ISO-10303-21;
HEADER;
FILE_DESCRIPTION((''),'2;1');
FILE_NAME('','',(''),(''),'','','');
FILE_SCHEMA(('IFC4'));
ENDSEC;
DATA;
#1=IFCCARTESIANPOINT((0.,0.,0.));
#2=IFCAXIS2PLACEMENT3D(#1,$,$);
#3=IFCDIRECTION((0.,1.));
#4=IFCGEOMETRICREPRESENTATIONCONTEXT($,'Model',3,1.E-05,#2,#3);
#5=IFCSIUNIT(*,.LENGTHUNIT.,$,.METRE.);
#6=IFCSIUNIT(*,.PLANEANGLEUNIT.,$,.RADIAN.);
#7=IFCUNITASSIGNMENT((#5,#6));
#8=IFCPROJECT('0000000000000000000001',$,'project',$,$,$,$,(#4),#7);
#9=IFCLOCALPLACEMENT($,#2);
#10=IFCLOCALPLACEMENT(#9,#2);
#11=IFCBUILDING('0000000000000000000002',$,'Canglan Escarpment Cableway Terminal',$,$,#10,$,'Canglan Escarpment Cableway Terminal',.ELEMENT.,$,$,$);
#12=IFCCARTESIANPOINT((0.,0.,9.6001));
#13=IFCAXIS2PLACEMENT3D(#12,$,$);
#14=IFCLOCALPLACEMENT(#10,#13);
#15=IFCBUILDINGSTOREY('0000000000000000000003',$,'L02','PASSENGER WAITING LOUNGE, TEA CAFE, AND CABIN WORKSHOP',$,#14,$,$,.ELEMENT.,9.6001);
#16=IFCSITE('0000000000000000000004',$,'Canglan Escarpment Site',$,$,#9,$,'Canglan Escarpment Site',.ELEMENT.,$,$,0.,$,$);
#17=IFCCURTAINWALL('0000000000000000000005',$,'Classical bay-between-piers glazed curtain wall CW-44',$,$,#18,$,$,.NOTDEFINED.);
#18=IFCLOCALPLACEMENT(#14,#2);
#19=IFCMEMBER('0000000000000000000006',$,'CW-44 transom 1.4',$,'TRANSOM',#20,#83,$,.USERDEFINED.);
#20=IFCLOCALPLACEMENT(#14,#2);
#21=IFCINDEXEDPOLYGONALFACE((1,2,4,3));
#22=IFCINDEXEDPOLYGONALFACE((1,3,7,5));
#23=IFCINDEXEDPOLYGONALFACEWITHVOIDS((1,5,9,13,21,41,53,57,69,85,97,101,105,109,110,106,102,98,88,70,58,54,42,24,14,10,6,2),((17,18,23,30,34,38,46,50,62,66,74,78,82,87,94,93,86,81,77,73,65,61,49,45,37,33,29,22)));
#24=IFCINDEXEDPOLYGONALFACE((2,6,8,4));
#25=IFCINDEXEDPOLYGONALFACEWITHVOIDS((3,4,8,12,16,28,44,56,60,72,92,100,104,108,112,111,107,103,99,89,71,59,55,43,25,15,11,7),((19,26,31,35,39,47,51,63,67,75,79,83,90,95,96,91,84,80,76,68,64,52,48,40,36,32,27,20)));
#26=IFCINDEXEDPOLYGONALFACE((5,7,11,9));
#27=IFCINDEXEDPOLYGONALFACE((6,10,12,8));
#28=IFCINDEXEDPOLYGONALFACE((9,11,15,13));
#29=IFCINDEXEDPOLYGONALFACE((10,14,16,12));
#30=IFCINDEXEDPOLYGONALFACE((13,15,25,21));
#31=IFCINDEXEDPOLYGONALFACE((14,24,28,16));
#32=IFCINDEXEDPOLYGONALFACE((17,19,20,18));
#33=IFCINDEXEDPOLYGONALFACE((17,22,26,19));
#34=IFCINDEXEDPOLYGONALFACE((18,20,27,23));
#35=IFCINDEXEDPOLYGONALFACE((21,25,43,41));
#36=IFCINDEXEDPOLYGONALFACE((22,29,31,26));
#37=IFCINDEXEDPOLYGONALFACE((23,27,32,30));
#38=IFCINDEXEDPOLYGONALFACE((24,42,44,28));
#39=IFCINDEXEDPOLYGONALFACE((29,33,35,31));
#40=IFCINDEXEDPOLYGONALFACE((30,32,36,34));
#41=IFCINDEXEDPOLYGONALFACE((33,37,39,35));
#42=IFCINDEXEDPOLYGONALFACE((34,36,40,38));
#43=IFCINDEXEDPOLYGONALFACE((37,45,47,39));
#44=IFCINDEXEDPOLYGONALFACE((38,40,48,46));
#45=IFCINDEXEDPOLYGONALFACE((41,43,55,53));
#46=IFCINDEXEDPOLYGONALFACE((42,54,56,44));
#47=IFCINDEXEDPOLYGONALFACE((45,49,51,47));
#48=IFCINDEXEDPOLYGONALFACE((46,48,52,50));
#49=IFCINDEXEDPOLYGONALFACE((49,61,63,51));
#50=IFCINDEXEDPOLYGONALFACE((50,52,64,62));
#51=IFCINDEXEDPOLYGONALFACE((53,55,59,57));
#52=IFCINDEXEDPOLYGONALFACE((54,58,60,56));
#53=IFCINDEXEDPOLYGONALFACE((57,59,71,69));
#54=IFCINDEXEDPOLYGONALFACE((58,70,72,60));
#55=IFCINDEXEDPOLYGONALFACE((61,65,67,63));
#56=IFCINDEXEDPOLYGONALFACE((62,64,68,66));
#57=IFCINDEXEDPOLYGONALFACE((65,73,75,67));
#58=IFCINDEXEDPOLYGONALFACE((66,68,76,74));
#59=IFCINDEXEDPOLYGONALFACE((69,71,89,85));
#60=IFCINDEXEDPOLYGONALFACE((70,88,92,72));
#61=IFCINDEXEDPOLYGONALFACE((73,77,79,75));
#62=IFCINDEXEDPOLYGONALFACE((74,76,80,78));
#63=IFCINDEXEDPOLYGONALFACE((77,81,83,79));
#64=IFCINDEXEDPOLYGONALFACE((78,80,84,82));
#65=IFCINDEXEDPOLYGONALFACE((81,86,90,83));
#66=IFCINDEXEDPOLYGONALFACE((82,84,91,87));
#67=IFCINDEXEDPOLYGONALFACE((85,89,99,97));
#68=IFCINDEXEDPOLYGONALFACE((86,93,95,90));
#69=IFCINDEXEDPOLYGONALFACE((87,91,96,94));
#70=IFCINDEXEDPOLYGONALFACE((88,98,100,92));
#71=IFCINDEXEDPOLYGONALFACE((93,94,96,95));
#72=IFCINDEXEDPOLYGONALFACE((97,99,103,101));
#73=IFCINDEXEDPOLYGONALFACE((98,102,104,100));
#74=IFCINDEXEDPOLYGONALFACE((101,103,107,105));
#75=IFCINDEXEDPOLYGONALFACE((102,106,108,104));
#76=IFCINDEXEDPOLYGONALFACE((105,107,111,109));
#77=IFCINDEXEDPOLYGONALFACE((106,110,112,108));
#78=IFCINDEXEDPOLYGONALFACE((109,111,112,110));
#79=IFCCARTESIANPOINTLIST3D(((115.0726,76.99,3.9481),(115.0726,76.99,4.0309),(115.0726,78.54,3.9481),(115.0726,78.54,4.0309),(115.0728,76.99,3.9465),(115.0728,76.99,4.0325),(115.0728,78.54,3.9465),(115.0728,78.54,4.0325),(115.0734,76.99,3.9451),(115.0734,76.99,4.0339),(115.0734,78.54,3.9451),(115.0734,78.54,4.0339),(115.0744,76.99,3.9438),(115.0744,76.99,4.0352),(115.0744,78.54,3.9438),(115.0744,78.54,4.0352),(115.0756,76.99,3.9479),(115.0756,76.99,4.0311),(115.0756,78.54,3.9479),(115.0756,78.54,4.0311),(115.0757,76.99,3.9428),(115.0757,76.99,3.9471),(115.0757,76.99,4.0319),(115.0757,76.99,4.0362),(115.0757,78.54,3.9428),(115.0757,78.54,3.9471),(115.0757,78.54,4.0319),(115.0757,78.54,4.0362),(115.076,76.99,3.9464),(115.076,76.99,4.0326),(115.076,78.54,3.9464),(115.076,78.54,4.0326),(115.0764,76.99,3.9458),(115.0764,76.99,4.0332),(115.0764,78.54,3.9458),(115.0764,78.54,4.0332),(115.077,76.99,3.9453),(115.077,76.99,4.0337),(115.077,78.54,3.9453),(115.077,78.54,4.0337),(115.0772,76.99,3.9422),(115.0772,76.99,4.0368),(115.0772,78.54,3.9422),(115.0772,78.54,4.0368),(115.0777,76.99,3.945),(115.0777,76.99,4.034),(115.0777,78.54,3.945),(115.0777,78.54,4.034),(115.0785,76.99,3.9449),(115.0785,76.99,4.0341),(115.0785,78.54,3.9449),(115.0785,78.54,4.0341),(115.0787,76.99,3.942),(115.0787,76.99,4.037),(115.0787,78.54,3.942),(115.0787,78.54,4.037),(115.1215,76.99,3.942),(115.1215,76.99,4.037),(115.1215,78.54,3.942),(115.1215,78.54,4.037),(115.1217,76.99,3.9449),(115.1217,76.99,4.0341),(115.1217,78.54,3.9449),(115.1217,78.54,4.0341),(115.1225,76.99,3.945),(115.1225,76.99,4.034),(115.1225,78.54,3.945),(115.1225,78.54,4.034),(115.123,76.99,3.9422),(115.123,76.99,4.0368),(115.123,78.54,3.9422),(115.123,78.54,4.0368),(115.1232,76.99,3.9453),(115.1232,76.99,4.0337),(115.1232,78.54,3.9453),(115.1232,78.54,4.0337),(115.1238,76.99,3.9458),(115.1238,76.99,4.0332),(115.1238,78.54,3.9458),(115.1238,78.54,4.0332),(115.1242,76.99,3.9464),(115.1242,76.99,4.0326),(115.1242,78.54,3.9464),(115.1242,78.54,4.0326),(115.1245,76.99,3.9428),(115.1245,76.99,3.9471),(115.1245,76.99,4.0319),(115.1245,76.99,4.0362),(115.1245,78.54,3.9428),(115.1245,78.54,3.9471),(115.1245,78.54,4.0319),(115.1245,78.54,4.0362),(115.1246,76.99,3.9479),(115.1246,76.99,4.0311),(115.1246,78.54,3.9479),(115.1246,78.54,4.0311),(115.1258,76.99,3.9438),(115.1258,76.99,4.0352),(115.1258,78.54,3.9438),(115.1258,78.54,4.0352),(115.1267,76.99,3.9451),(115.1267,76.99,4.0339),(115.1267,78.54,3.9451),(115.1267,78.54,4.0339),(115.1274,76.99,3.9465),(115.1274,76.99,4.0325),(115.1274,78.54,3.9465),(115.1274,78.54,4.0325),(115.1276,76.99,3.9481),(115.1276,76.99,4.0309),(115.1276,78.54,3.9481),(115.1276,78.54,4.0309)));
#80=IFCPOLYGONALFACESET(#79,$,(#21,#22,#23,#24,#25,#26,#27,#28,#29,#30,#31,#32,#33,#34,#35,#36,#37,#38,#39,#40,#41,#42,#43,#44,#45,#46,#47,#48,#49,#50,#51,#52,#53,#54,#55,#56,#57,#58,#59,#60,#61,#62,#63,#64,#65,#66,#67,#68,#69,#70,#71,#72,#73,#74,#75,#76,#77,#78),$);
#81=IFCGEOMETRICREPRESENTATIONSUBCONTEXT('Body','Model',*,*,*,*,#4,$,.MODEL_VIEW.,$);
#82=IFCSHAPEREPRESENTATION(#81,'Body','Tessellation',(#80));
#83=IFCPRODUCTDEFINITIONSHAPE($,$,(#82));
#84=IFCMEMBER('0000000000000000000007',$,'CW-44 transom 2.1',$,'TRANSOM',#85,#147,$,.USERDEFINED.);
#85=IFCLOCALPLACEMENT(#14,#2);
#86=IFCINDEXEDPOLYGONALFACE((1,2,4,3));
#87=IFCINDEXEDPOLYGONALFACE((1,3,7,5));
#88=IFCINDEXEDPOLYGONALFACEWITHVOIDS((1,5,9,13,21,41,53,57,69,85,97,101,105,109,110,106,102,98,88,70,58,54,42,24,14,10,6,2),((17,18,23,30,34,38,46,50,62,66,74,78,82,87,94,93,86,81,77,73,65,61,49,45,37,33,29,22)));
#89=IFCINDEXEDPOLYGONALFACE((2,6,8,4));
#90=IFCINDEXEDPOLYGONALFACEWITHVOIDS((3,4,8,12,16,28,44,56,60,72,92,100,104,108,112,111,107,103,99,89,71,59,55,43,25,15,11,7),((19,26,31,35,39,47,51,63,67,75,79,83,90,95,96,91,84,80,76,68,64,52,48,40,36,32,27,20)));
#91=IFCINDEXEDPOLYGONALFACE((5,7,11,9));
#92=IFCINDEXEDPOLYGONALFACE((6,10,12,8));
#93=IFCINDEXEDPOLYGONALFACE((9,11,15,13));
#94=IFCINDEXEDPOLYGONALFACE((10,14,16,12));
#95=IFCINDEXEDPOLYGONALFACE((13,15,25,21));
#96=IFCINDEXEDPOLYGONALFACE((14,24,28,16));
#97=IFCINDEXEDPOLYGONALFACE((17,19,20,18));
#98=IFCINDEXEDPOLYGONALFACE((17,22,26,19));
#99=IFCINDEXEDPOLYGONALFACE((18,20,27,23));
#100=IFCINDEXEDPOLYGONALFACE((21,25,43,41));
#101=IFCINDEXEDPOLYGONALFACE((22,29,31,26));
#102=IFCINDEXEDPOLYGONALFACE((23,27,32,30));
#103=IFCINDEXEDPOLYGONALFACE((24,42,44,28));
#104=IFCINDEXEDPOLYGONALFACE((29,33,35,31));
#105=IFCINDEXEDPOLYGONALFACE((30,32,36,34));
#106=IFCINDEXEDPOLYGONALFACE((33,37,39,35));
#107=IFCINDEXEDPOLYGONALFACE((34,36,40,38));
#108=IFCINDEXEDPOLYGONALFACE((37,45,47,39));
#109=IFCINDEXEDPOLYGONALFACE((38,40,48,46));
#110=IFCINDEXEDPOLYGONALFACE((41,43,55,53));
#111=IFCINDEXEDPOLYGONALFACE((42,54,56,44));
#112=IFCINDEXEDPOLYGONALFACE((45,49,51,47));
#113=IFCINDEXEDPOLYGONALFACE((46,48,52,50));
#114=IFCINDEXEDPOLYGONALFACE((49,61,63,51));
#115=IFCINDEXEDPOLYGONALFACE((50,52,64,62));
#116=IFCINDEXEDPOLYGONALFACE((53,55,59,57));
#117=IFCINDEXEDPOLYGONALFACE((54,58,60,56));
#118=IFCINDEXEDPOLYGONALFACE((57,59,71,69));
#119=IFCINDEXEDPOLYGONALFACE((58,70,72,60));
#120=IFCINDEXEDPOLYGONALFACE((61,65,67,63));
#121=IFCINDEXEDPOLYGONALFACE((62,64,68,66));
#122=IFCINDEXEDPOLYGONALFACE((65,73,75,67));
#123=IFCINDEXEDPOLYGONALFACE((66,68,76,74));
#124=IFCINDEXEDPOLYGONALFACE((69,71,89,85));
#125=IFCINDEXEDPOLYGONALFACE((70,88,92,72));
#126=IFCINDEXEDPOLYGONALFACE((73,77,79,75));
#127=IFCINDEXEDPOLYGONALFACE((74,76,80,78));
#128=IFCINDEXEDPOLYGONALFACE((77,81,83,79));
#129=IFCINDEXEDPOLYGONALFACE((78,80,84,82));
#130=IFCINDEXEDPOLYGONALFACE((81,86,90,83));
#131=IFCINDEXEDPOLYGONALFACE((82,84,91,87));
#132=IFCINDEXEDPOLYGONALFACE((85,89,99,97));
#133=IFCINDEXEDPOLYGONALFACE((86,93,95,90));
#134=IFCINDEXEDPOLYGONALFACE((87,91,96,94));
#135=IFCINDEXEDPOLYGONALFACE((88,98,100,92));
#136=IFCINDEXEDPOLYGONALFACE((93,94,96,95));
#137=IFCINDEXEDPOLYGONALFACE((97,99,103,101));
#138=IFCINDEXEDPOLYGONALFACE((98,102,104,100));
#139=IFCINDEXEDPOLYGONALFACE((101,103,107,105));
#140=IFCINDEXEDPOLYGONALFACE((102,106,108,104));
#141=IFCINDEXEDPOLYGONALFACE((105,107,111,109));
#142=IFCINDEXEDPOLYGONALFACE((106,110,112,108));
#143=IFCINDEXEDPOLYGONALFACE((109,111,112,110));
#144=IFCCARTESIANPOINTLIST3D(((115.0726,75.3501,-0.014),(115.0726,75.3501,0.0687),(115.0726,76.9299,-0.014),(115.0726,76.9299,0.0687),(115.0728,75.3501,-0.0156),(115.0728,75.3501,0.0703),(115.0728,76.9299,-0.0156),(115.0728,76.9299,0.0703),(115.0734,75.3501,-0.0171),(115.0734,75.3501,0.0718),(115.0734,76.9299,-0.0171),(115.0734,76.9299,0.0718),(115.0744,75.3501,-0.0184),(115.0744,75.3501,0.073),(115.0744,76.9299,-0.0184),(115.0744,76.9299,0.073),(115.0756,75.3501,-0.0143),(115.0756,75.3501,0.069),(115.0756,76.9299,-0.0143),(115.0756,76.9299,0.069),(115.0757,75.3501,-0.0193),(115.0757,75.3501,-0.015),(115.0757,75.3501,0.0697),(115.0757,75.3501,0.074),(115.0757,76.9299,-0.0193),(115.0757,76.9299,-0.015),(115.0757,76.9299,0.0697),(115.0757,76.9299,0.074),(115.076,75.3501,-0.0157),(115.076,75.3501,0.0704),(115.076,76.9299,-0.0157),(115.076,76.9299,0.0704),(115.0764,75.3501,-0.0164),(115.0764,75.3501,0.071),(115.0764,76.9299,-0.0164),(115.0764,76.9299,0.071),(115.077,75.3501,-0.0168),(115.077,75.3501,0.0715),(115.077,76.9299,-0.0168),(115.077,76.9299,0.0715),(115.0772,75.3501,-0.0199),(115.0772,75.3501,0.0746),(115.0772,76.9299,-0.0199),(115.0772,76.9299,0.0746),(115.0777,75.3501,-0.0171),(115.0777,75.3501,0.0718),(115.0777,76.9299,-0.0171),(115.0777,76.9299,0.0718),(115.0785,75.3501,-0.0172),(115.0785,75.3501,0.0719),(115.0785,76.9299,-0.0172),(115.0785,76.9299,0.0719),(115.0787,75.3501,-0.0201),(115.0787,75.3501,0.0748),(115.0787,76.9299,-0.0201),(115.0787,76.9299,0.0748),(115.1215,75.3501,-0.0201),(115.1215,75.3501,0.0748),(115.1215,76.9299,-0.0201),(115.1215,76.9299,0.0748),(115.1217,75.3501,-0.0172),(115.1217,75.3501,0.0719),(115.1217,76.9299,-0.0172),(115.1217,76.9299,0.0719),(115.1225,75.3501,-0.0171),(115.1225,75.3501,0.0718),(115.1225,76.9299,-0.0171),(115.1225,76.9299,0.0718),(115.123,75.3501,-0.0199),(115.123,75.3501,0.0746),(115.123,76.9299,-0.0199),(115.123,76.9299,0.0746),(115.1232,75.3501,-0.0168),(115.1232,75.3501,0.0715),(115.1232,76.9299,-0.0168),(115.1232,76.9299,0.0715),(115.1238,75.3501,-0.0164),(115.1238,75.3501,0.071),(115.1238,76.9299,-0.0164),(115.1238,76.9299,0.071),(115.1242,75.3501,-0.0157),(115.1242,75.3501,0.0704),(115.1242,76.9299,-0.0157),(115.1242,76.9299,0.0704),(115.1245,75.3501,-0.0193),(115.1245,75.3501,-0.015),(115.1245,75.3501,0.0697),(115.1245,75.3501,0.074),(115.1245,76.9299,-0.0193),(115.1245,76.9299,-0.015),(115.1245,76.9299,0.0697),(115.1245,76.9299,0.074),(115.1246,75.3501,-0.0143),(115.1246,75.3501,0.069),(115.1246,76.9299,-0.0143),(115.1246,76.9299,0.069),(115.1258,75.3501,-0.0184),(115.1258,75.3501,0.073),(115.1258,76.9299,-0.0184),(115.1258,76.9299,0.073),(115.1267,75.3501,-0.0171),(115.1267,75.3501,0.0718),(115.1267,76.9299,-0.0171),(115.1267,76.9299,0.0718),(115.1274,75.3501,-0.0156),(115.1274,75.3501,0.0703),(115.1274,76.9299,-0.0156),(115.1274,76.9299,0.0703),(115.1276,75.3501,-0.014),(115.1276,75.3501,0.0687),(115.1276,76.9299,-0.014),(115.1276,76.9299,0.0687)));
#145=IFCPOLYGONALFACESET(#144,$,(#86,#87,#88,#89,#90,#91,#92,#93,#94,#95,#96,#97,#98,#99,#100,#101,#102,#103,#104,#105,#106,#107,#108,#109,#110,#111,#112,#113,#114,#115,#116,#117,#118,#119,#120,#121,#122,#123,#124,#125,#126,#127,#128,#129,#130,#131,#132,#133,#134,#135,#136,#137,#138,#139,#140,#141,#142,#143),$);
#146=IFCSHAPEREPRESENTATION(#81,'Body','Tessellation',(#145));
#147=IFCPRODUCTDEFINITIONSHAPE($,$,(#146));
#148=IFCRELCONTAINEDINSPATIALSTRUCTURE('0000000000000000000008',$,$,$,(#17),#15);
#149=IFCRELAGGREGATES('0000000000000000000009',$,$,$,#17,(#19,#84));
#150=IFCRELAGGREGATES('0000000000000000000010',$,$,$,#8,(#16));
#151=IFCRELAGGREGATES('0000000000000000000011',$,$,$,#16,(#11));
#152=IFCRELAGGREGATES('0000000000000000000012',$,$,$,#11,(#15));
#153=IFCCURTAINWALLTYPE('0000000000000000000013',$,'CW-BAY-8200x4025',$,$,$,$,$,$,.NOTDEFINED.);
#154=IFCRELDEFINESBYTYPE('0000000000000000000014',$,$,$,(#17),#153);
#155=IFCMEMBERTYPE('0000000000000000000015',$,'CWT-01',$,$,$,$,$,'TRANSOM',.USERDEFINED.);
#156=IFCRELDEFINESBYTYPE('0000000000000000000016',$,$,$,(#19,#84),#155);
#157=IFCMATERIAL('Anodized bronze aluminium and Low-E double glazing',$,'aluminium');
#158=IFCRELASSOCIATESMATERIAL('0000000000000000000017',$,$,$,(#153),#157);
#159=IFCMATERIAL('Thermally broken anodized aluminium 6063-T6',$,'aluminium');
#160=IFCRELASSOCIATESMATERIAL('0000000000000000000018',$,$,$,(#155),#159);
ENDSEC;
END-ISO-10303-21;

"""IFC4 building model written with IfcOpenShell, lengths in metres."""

from ifc_helpers import new_model, si_unit, direction, frame, origin, origin_2d, place, context, subcontext, project, spatial, hollow_rectangle, extrude, material, material_profile, profile_set, type_object, element, aggregate, save


model = new_model("IFC4")

# Units and contexts
model_context = context("Model", 3, precision=1e-05, world=origin(), true_north=direction((0.0, 1.0)))
body_context = subcontext(model_context, "Body", "Model", "MODEL_VIEW")
ifc_project = project(units=[si_unit("LENGTHUNIT", "METRE"), si_unit("PLANEANGLEUNIT", "RADIAN")], contexts=[model_context])

# Site, building, storey
site_placement = place(None, origin())
site = spatial("IfcSite", under=ifc_project, at=site_placement, Name="Canglan Escarpment Site", LongName="Canglan Escarpment Site", CompositionType="ELEMENT", RefElevation=0.0)
building_placement = place(site_placement, origin())
building = spatial("IfcBuilding", under=site, at=building_placement, Name="Canglan Escarpment Cableway Terminal", LongName="Canglan Escarpment Cableway Terminal", CompositionType="ELEMENT")
storey_placement = place(building_placement, frame((0.0, 0.0, 9.6001)))
storey = spatial("IfcBuildingStorey", under=building, at=storey_placement, Name="L02", Description="PASSENGER WAITING LOUNGE, TEA CAFE, AND CABIN WORKSHOP", CompositionType="ELEMENT", Elevation=9.6001)

# Curtain wall, members
ifc_material_1 = material(Name="Anodized bronze aluminium and Low-E double glazing", Category="aluminium")
curtain_wall_type = type_object("IfcCurtainWallType", Name="CW-BAY-8200x4025", PredefinedType="NOTDEFINED", material=ifc_material_1)
curtain_wall_placement = place(storey_placement, origin())
curtain_wall = element("IfcCurtainWall", 1, at=curtain_wall_placement, inside=storey, type_object=curtain_wall_type, Name="Classical bay-between-piers glazed curtain wall CW-44", PredefinedType="NOTDEFINED")
ifc_material_2 = material(Name="Thermally broken anodized aluminium 6063-T6", Category="aluminium")
ifc_material_profile_1 = material_profile(ifc_material_2, hollow_rectangle(XDim=0.0549, YDim=0.095, WallThickness=0.0029, InnerFilletRadius=0.0029, OuterFilletRadius=0.0061, at=origin_2d()), Name="ALU-TRAN 55x95x3")
ifc_profile_set_1 = profile_set([ifc_material_profile_1], Name="Thermally broken anodized aluminium 6063-T6")
member_type_1 = type_object("IfcMemberType", Name="CWT-01", ElementType="TRANSOM", PredefinedType="USERDEFINED", material=ifc_profile_set_1)
member_1_placement = place(storey_placement, frame((115.1001, 78.54, 3.9895), z_axis=(0.0, -1.0, 0.0), x_axis=(1.0, 0.0, 0.0)))
member_1 = element("IfcMember", 2, at=member_1_placement, type_object=member_type_1, Name="CW-44 transom 1.4", ObjectType="TRANSOM", PredefinedType="USERDEFINED", context=body_context, shape_type="SweptSolid", body=[
    extrude(hollow_rectangle(XDim=0.0549, YDim=0.095, WallThickness=0.0029, InnerFilletRadius=0.0029, OuterFilletRadius=0.0061, at=origin_2d()), origin(), (0.0, 0.0, 1.0), 1.55),
])
member_2_placement = place(storey_placement, frame((115.1001, 76.9299, 0.0273), z_axis=(0.0, -1.0, 0.0), x_axis=(1.0, 0.0, 0.0)))
member_2 = element("IfcMember", 3, at=member_2_placement, type_object=member_type_1, Name="CW-44 transom 2.1", ObjectType="TRANSOM", PredefinedType="USERDEFINED", context=body_context, shape_type="SweptSolid", body=[
    extrude(hollow_rectangle(XDim=0.0549, YDim=0.095, WallThickness=0.0029, InnerFilletRadius=0.0029, OuterFilletRadius=0.0061, at=origin_2d()), origin(), (0.0, 0.0, 1.0), 1.5798),
])
aggregate(curtain_wall, [member_1, member_2])

save(model, "model.ifc")
